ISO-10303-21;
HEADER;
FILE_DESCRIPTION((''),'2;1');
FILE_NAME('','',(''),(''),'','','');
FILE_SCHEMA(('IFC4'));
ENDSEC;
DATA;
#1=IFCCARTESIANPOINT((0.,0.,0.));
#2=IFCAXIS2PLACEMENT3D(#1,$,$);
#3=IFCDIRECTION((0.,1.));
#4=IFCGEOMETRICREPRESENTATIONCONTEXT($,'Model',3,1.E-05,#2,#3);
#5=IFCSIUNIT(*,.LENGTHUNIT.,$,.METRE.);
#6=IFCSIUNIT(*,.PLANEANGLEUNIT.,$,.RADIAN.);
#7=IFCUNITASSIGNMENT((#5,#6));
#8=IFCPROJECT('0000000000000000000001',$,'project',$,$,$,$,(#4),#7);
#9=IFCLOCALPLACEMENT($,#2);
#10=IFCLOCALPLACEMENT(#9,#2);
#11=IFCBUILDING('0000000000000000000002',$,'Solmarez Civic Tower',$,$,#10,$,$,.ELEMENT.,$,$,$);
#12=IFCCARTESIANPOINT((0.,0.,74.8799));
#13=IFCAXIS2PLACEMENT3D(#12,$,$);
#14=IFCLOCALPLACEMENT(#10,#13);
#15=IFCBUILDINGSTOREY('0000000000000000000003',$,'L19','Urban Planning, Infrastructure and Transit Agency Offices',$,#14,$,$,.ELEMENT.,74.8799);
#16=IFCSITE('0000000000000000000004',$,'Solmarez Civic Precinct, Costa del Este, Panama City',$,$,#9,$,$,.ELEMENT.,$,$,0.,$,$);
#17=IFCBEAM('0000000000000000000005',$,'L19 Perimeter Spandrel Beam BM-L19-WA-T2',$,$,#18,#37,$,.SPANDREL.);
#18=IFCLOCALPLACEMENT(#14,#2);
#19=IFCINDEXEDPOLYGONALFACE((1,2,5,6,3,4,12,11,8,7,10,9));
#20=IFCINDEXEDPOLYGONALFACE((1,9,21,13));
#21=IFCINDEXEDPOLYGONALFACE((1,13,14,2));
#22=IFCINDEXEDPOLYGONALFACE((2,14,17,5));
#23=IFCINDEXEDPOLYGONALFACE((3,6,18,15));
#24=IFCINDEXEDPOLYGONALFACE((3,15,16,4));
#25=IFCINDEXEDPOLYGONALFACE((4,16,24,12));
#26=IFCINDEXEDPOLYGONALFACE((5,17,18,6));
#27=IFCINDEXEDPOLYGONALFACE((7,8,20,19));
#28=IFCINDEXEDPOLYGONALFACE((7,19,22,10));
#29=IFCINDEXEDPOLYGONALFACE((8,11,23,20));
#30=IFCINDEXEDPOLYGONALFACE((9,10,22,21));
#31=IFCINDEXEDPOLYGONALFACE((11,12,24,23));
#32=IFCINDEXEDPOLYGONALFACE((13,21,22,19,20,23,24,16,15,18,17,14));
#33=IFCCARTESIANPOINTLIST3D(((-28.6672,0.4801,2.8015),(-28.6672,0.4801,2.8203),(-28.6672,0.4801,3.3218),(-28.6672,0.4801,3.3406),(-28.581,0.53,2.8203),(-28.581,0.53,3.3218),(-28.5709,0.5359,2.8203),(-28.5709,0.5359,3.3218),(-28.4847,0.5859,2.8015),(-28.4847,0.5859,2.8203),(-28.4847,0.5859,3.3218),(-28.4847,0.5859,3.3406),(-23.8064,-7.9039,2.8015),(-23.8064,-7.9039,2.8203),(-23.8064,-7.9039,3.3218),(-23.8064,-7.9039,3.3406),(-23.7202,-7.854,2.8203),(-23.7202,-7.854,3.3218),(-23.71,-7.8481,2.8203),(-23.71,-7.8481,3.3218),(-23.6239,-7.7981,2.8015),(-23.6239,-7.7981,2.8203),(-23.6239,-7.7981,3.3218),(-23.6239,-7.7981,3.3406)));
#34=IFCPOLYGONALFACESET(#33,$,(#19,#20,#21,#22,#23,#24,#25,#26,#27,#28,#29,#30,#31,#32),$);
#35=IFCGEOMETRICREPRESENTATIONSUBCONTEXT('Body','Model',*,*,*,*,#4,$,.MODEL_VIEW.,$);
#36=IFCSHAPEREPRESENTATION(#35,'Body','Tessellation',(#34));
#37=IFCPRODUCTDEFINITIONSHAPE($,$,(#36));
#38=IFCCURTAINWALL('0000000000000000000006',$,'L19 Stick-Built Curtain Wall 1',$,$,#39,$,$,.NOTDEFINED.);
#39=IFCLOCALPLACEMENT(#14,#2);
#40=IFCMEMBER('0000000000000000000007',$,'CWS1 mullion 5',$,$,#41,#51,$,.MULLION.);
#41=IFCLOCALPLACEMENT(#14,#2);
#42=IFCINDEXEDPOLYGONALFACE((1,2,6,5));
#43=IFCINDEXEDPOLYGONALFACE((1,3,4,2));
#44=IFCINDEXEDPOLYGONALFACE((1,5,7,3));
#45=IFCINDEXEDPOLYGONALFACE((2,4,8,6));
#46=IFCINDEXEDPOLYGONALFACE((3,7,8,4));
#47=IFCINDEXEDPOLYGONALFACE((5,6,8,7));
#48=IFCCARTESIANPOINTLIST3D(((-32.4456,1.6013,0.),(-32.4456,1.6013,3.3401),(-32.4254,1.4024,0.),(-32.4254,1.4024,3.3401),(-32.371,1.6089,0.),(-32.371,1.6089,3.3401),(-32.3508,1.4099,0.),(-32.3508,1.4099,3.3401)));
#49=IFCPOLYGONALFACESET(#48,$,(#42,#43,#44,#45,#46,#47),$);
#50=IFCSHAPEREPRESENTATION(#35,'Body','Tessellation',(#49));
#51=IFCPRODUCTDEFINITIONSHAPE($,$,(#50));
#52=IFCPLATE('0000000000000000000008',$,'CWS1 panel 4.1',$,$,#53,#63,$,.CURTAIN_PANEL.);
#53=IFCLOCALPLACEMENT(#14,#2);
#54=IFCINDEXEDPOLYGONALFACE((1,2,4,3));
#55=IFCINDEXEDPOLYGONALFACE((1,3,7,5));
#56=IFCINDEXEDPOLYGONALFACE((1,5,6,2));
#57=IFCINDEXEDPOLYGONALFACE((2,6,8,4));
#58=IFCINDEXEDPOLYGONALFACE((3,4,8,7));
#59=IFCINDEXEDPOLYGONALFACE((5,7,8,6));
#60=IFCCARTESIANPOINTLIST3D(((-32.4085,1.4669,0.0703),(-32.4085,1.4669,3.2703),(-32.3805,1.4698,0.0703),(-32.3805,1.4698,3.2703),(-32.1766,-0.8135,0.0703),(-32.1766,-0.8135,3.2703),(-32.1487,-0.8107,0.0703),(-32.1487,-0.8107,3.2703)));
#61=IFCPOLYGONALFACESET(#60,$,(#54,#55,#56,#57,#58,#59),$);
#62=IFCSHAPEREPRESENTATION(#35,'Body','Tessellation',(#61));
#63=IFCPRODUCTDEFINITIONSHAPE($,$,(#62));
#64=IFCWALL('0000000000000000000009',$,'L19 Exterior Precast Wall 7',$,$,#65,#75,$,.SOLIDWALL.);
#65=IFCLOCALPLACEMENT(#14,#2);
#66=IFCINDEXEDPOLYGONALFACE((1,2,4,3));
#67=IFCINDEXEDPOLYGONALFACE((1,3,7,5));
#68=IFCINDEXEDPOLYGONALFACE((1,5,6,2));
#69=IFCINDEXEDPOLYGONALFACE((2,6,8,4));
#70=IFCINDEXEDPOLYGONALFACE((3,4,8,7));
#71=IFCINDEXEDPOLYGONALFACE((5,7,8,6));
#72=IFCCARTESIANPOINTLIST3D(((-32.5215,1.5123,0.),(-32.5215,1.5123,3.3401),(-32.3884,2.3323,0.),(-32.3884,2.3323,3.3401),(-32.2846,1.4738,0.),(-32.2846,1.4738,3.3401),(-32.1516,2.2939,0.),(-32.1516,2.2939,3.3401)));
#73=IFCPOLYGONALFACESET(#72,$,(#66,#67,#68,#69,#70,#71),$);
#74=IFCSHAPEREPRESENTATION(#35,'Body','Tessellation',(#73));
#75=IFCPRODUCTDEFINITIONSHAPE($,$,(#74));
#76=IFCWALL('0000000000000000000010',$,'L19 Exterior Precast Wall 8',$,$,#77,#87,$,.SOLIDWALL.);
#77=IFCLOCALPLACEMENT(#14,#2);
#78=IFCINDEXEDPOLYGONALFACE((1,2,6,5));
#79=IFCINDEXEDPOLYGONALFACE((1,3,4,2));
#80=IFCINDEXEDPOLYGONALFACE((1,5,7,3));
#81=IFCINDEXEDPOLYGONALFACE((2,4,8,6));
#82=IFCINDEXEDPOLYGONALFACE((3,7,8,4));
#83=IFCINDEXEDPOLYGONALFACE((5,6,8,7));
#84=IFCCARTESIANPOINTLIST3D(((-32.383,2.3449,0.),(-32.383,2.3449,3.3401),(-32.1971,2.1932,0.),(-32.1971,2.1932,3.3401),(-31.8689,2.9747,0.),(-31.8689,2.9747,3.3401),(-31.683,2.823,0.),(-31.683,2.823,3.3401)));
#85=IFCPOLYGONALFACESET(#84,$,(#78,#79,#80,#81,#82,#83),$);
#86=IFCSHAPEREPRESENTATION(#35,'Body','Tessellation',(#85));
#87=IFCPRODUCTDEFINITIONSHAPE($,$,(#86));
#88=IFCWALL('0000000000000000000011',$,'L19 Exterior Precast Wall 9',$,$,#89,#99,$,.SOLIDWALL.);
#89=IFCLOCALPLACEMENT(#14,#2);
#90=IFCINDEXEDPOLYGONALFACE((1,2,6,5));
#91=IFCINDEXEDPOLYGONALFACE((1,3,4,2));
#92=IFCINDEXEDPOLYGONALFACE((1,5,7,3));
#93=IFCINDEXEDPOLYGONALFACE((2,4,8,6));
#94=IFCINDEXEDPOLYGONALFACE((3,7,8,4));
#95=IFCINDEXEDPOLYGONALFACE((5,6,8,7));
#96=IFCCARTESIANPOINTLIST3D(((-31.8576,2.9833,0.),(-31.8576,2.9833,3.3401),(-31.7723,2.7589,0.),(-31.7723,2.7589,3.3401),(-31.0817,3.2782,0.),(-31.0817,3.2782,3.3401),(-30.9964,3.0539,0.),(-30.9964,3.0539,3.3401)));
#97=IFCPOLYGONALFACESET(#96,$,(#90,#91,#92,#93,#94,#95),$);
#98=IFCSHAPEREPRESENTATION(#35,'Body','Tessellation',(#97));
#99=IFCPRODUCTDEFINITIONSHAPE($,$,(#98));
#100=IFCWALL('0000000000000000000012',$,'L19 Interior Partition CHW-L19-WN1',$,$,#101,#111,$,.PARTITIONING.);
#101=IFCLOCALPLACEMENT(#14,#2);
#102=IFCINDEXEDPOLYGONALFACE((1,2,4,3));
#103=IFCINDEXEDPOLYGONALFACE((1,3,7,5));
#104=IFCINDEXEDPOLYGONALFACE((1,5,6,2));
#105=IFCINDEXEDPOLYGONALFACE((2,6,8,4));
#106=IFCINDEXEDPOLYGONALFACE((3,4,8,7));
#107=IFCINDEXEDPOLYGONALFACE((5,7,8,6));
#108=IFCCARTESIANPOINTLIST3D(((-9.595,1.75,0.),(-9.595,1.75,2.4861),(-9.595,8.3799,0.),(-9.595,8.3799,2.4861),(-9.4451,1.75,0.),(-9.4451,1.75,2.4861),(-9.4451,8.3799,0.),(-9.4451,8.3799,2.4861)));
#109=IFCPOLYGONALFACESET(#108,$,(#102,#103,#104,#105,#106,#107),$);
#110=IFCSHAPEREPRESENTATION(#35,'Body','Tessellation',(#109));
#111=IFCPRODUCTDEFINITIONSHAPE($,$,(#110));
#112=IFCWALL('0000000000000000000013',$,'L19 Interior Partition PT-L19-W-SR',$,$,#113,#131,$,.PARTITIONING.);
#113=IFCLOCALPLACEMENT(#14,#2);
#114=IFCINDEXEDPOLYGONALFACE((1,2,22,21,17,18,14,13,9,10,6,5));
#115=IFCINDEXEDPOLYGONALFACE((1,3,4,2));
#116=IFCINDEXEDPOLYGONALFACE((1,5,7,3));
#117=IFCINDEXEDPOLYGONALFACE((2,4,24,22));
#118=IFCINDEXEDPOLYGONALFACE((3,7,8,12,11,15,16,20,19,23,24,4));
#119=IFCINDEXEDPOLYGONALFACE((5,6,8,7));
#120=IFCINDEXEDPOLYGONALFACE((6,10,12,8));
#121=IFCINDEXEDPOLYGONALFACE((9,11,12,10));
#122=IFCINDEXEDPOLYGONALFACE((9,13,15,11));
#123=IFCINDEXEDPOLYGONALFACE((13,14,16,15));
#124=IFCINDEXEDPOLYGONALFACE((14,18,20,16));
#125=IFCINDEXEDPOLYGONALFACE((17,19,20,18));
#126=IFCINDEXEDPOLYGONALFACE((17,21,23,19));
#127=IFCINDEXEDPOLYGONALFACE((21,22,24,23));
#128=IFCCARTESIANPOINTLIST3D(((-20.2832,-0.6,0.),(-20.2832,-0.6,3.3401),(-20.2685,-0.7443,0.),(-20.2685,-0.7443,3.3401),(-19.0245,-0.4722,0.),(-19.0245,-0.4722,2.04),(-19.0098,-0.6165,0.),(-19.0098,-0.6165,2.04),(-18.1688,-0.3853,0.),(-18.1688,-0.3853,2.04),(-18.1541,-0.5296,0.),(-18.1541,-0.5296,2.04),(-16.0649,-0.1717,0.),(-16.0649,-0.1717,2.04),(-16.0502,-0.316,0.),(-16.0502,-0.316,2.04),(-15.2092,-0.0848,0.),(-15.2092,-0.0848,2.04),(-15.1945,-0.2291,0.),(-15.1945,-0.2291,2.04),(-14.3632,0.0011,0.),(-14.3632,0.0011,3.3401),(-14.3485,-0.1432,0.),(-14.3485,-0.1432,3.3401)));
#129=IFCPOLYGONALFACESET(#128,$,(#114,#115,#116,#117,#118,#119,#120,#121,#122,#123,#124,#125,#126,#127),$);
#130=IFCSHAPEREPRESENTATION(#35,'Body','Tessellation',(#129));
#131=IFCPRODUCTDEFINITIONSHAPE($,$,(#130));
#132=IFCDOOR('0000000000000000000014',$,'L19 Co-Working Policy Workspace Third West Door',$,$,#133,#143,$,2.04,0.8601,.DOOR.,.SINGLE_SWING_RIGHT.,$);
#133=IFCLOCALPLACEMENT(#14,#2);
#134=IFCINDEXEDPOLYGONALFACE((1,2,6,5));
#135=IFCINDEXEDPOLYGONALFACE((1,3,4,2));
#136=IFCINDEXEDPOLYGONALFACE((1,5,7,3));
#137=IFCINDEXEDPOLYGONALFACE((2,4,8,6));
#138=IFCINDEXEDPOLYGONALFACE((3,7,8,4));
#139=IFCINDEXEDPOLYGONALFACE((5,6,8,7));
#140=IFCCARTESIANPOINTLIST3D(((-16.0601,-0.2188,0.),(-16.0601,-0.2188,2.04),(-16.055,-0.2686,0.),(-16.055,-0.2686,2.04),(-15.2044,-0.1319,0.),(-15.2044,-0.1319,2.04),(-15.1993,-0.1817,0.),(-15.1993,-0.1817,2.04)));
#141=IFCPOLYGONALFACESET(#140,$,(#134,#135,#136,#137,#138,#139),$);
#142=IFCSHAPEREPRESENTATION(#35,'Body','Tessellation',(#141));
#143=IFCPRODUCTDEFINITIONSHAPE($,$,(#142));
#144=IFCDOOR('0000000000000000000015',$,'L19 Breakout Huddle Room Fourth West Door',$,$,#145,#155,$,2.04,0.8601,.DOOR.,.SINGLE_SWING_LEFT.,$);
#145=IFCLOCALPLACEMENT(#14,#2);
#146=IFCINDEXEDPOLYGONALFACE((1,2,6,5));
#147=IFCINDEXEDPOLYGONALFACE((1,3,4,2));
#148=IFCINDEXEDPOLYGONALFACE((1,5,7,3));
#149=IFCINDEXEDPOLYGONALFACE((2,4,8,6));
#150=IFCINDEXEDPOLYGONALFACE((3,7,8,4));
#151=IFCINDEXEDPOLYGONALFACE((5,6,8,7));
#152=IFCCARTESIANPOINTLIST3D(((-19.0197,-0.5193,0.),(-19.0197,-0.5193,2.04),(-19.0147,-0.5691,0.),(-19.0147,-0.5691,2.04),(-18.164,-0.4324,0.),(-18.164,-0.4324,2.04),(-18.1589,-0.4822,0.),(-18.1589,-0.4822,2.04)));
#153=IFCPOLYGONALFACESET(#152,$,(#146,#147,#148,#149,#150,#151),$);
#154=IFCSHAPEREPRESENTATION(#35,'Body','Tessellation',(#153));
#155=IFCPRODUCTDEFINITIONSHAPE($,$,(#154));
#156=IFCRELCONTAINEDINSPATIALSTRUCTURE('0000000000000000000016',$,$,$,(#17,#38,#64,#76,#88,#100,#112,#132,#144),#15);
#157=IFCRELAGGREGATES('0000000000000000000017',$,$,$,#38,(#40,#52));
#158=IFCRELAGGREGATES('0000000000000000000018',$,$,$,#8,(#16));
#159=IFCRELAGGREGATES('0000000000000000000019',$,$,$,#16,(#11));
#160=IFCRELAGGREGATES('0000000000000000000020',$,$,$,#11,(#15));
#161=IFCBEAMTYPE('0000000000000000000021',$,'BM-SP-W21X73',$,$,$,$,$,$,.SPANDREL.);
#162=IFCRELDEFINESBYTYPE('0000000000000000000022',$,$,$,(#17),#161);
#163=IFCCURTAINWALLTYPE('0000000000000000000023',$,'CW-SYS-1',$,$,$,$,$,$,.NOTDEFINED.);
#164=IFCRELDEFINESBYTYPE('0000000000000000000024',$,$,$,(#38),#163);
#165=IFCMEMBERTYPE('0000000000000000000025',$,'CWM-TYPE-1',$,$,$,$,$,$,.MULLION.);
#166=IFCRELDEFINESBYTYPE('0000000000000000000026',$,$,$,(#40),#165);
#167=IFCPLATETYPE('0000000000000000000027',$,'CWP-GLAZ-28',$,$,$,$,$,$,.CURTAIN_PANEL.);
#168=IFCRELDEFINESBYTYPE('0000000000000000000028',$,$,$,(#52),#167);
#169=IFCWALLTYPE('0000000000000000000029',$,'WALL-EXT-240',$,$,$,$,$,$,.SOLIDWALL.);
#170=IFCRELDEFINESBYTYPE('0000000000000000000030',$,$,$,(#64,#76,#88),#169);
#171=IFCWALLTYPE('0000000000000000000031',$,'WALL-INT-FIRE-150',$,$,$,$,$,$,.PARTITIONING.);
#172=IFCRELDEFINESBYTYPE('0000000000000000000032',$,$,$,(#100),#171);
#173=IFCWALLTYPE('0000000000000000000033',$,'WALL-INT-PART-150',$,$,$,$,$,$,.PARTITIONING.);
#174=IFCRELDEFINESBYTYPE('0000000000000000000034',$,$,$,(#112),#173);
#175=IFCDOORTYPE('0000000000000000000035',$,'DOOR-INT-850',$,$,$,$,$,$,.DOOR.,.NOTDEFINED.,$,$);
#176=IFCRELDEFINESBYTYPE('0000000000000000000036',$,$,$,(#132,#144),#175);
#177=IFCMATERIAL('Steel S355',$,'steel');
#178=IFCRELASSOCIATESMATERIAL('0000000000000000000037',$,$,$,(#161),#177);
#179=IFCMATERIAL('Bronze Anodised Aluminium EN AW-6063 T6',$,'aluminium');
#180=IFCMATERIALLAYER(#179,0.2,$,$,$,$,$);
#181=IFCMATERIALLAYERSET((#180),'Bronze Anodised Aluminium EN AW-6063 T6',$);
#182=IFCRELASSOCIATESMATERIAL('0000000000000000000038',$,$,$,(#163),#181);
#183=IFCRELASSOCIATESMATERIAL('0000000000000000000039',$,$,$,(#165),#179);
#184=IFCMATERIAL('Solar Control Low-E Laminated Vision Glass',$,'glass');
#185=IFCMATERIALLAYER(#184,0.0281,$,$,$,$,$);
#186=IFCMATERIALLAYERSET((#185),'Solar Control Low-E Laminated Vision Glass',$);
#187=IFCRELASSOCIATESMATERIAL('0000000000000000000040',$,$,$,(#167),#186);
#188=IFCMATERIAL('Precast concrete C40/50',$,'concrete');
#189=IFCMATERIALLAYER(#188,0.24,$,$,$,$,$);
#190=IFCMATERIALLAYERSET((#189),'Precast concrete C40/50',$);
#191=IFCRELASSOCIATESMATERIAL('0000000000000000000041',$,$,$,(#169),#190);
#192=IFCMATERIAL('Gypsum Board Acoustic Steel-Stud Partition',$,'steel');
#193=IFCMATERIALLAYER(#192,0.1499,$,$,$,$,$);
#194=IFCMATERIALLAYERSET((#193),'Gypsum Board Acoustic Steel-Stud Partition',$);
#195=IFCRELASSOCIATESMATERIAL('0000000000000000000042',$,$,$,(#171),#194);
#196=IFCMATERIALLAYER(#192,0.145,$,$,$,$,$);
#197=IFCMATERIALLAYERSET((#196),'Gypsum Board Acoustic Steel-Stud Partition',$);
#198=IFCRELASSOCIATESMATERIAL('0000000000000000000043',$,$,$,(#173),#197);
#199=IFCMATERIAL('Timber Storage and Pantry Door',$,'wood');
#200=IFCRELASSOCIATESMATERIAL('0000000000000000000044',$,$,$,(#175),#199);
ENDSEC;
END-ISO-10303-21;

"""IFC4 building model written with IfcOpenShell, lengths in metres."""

from ifc_helpers import new_model, si_unit, direction, frame, frame_2d, origin, origin_2d, place, context, subcontext, project, spatial, rectangle, i_section, extrude, material, layer, layer_set, material_profile, profile_set, type_object, element, fill, aggregate, save


model = new_model("IFC4")

# Units and contexts
model_context = context("Model", 3, precision=1e-05, world=origin(), true_north=direction((0.0, 1.0)))
body_context = subcontext(model_context, "Body", "Model", "MODEL_VIEW")
ifc_project = project(units=[si_unit("LENGTHUNIT", "METRE"), si_unit("PLANEANGLEUNIT", "RADIAN")], contexts=[model_context])

# Site, building, storey
site_placement = place(None, origin())
site = spatial("IfcSite", under=ifc_project, at=site_placement, Name="Solmarez Civic Precinct, Costa del Este, Panama City", CompositionType="ELEMENT", RefElevation=0.0)
building_placement = place(site_placement, origin())
building = spatial("IfcBuilding", under=site, at=building_placement, Name="Solmarez Civic Tower", CompositionType="ELEMENT")
storey_placement = place(building_placement, frame((0.0, 0.0, 74.8799)))
storey = spatial("IfcBuildingStorey", under=building, at=storey_placement, Name="L19", Description="Urban Planning, Infrastructure and Transit Agency Offices", CompositionType="ELEMENT", Elevation=74.8799)

# Beam
ifc_material_1 = material(Name="Steel S355", Category="steel")
ifc_material_profile_1 = material_profile(ifc_material_1, i_section(OverallWidth=0.2109, OverallDepth=0.5391, WebThickness=0.0117, FlangeThickness=0.0188, at=origin_2d()), Name="W21X73")
ifc_profile_set_1 = profile_set([ifc_material_profile_1], Name="Steel S355")
beam_type_1 = type_object("IfcBeamType", Name="BM-SP-W21X73", PredefinedType="SPANDREL", material=ifc_profile_set_1)
beam_1_placement = place(storey_placement, frame((-28.5759, 0.533, 3.071), z_axis=(0.501571, -0.865116, 0.0), x_axis=(0.865116, 0.501571, 0.0)))
element("IfcBeam", 1, at=beam_1_placement, inside=storey, type_object=beam_type_1, Name="L19 Perimeter Spandrel Beam BM-L19-WA-T2", PredefinedType="SPANDREL", context=body_context, shape_type="SweptSolid", body=[
    extrude(i_section(OverallWidth=0.2109, OverallDepth=0.5391, WebThickness=0.0117, FlangeThickness=0.0188, at=origin_2d()), origin(), (0.0, 0.0, 1.0), 9.6912),
])

# Curtain wall, member, plate
ifc_material_2 = material(Name="Bronze Anodised Aluminium EN AW-6063 T6", Category="aluminium")
ifc_layer_1 = layer(ifc_material_2, 0.2)
ifc_layer_set_1 = layer_set([ifc_layer_1], Name="Bronze Anodised Aluminium EN AW-6063 T6")
curtain_wall_type = type_object("IfcCurtainWallType", Name="CW-SYS-1", PredefinedType="NOTDEFINED", material=ifc_layer_set_1)
curtain_wall_placement = place(storey_placement, origin())
curtain_wall = element("IfcCurtainWall", 2, at=curtain_wall_placement, inside=storey, type_object=curtain_wall_type, Name="L19 Stick-Built Curtain Wall 1", PredefinedType="NOTDEFINED")
ifc_material_profile_2 = material_profile(ifc_material_2, rectangle(XDim=0.075, YDim=0.2, at=origin_2d()), Name="CWM-75X200")
ifc_profile_set_2 = profile_set([ifc_material_profile_2], Name="Bronze Anodised Aluminium EN AW-6063 T6")
member_type = type_object("IfcMemberType", Name="CWM-TYPE-1", PredefinedType="MULLION", material=ifc_profile_set_2)
member_placement = place(storey_placement, frame((-32.3982, 1.5056, 0.0), z_axis=(0.0, 0.0, 1.0), x_axis=(-0.994871, -0.10115, 0.0)))
member = element("IfcMember", 3, at=member_placement, type_object=member_type, Name="CWS1 mullion 5", PredefinedType="MULLION", context=body_context, shape_type="SweptSolid", body=[
    extrude(rectangle(XDim=0.075, YDim=0.2, at=origin_2d()), origin(), (0.0, 0.0, 1.0), 3.3401),
])
ifc_material_3 = material(Name="Solar Control Low-E Laminated Vision Glass", Category="glass")
ifc_layer_2 = layer(ifc_material_3, 0.0281)
ifc_layer_set_2 = layer_set([ifc_layer_2], Name="Solar Control Low-E Laminated Vision Glass")
plate_type = type_object("IfcPlateType", Name="CWP-GLAZ-28", PredefinedType="CURTAIN_PANEL", material=ifc_layer_set_2)
plate_placement = place(storey_placement, frame((-32.2786, 0.3281, 0.0703), z_axis=(0.0, 0.0, 1.0), x_axis=(-0.10115, 0.994871, 0.0)))
plate = element("IfcPlate", 4, at=plate_placement, type_object=plate_type, Name="CWS1 panel 4.1", PredefinedType="CURTAIN_PANEL", context=body_context, shape_type="SweptSolid", body=[
    extrude(rectangle(XDim=2.2922, YDim=0.0281, at=origin_2d()), origin(), (0.0, 0.0, 1.0), 3.2),
])
aggregate(curtain_wall, [member, plate])

# Walls
ifc_material_4 = material(Name="Precast concrete C40/50", Category="concrete")
ifc_layer_3 = layer(ifc_material_4, 0.24)
ifc_layer_set_3 = layer_set([ifc_layer_3], Name="Precast concrete C40/50")
wall_type_1 = type_object("IfcWallType", Name="WALL-EXT-240", PredefinedType="SOLIDWALL", material=ifc_layer_set_3)
wall_1_placement = place(storey_placement, frame((-32.4031, 1.4929, 0.0), z_axis=(0.0, 0.0, 1.0), x_axis=(0.160156, 0.987092, 0.0)))
element("IfcWall", 5, at=wall_1_placement, inside=storey, type_object=wall_type_1, Name="L19 Exterior Precast Wall 7", PredefinedType="SOLIDWALL", context=body_context, shape_type="SweptSolid", body=[
    extrude(rectangle(XDim=0.8308, YDim=0.24, at=frame_2d((0.4155, 0.0))), origin(), (0.0, 0.0, 1.0), 3.3401),
])
wall_2_placement = place(storey_placement, frame((-32.29, 2.269, 0.0), z_axis=(0.0, 0.0, 1.0), x_axis=(0.632354, 0.774679, 0.0)))
element("IfcWall", 6, at=wall_2_placement, inside=storey, type_object=wall_type_1, Name="L19 Exterior Precast Wall 8", PredefinedType="SOLIDWALL", context=body_context, shape_type="SweptSolid", body=[
    extrude(rectangle(XDim=0.813, YDim=0.24, at=frame_2d((0.4065, 0.0))), origin(), (0.0, 0.0, 1.0), 3.3401),
])
wall_3_placement = place(storey_placement, frame((-31.8149, 2.8711, 0.0), z_axis=(0.0, 0.0, 1.0), x_axis=(0.934748, 0.35531, 0.0)))
element("IfcWall", 7, at=wall_3_placement, inside=storey, type_object=wall_type_1, Name="L19 Exterior Precast Wall 9", PredefinedType="SOLIDWALL", context=body_context, shape_type="SweptSolid", body=[
    extrude(rectangle(XDim=0.8301, YDim=0.24, at=frame_2d((0.415, 0.0))), origin(), (0.0, 0.0, 1.0), 3.3401),
])
ifc_material_5 = material(Name="Gypsum Board Acoustic Steel-Stud Partition", Category="steel")
ifc_layer_4 = layer(ifc_material_5, 0.1499)
ifc_layer_set_4 = layer_set([ifc_layer_4], Name="Gypsum Board Acoustic Steel-Stud Partition")
wall_type_2 = type_object("IfcWallType", Name="WALL-INT-FIRE-150", PredefinedType="PARTITIONING", material=ifc_layer_set_4)
wall_4_placement = place(storey_placement, frame((-9.52, 1.75, 0.0), z_axis=(0.0, 0.0, 1.0), x_axis=(0.0, 1.0, 0.0)))
element("IfcWall", 8, at=wall_4_placement, inside=storey, type_object=wall_type_2, Name="L19 Interior Partition CHW-L19-WN1", PredefinedType="PARTITIONING", context=body_context, shape_type="SweptSolid", body=[
    extrude(rectangle(XDim=6.6299, YDim=0.1499, at=frame_2d((3.3149, 0.0))), origin(), (0.0, 0.0, 1.0), 2.4861),
])

# Wall, openings, doors
ifc_layer_5 = layer(ifc_material_5, 0.145)
ifc_layer_set_5 = layer_set([ifc_layer_5], Name="Gypsum Board Acoustic Steel-Stud Partition")
wall_type_3 = type_object("IfcWallType", Name="WALL-INT-PART-150", PredefinedType="PARTITIONING", material=ifc_layer_set_5)
wall_5_placement = place(storey_placement, frame((-14.356, -0.071, 0.0), z_axis=(0.0, 0.0, 1.0), x_axis=(-0.994885, -0.101015, 0.0)))
wall_5 = element("IfcWall", 9, at=wall_5_placement, inside=storey, type_object=wall_type_3, Name="L19 Interior Partition PT-L19-W-SR", PredefinedType="PARTITIONING", context=body_context, shape_type="SweptSolid", body=[
    extrude(rectangle(XDim=5.9504, YDim=0.145, at=frame_2d((2.9751, 0.0))), origin(), (0.0, 0.0, 1.0), 3.3401),
])
opening_1_placement = place(wall_5_placement, frame((0.8501, 0.0, 0.0)))
opening_1 = element("IfcOpeningElement", 10, at=opening_1_placement, cuts=wall_5, PredefinedType="OPENING", context=body_context, shape_type="SweptSolid", body=[
    extrude(rectangle(XDim=0.8601, YDim=2.04, at=frame_2d((0.4302, 1.02))), frame((0.0, 0.0825, 0.0), z_axis=(0.0, -1.0, 0.0), x_axis=(1.0, 0.0, 0.0)), (0.0, 0.0, 1.0), 0.165),
])
opening_2_placement = place(wall_5_placement, frame((3.825, 0.0, 0.0)))
opening_2 = element("IfcOpeningElement", 11, at=opening_2_placement, cuts=wall_5, PredefinedType="OPENING", context=body_context, shape_type="SweptSolid", body=[
    extrude(rectangle(XDim=0.8601, YDim=2.04, at=frame_2d((0.4302, 1.02))), frame((0.0, 0.0825, 0.0), z_axis=(0.0, -1.0, 0.0), x_axis=(1.0, 0.0, 0.0)), (0.0, 0.0, 1.0), 0.165),
])
ifc_material_6 = material(Name="Timber Storage and Pantry Door", Category="wood")
door_type = type_object("IfcDoorType", Name="DOOR-INT-850", OperationType="NOTDEFINED", PredefinedType="DOOR", material=ifc_material_6)
door_1_placement = place(opening_1_placement, origin())
door_1 = element("IfcDoor", 12, at=door_1_placement, inside=storey, type_object=door_type, Name="L19 Co-Working Policy Workspace Third West Door", OperationType="SINGLE_SWING_RIGHT", OverallHeight=2.04, OverallWidth=0.8601, PredefinedType="DOOR", context=body_context, shape_type="SweptSolid", body=[
    extrude(rectangle(XDim=0.8601, YDim=2.04, at=frame_2d((0.4302, 1.02))), frame((0.0, 0.0249, 0.0), z_axis=(0.0, -1.0, 0.0), x_axis=(1.0, 0.0, 0.0)), (0.0, 0.0, 1.0), 0.05),
])
fill(opening_1, door_1)
door_2_placement = place(opening_2_placement, origin())
door_2 = element("IfcDoor", 13, at=door_2_placement, inside=storey, type_object=door_type, Name="L19 Breakout Huddle Room Fourth West Door", OperationType="SINGLE_SWING_LEFT", OverallHeight=2.04, OverallWidth=0.8601, PredefinedType="DOOR", context=body_context, shape_type="SweptSolid", body=[
    extrude(rectangle(XDim=0.8601, YDim=2.04, at=frame_2d((0.4302, 1.02))), frame((0.0, 0.0249, 0.0), z_axis=(0.0, -1.0, 0.0), x_axis=(1.0, 0.0, 0.0)), (0.0, 0.0, 1.0), 0.05),
])
fill(opening_2, door_2)

save(model, "model.ifc")
